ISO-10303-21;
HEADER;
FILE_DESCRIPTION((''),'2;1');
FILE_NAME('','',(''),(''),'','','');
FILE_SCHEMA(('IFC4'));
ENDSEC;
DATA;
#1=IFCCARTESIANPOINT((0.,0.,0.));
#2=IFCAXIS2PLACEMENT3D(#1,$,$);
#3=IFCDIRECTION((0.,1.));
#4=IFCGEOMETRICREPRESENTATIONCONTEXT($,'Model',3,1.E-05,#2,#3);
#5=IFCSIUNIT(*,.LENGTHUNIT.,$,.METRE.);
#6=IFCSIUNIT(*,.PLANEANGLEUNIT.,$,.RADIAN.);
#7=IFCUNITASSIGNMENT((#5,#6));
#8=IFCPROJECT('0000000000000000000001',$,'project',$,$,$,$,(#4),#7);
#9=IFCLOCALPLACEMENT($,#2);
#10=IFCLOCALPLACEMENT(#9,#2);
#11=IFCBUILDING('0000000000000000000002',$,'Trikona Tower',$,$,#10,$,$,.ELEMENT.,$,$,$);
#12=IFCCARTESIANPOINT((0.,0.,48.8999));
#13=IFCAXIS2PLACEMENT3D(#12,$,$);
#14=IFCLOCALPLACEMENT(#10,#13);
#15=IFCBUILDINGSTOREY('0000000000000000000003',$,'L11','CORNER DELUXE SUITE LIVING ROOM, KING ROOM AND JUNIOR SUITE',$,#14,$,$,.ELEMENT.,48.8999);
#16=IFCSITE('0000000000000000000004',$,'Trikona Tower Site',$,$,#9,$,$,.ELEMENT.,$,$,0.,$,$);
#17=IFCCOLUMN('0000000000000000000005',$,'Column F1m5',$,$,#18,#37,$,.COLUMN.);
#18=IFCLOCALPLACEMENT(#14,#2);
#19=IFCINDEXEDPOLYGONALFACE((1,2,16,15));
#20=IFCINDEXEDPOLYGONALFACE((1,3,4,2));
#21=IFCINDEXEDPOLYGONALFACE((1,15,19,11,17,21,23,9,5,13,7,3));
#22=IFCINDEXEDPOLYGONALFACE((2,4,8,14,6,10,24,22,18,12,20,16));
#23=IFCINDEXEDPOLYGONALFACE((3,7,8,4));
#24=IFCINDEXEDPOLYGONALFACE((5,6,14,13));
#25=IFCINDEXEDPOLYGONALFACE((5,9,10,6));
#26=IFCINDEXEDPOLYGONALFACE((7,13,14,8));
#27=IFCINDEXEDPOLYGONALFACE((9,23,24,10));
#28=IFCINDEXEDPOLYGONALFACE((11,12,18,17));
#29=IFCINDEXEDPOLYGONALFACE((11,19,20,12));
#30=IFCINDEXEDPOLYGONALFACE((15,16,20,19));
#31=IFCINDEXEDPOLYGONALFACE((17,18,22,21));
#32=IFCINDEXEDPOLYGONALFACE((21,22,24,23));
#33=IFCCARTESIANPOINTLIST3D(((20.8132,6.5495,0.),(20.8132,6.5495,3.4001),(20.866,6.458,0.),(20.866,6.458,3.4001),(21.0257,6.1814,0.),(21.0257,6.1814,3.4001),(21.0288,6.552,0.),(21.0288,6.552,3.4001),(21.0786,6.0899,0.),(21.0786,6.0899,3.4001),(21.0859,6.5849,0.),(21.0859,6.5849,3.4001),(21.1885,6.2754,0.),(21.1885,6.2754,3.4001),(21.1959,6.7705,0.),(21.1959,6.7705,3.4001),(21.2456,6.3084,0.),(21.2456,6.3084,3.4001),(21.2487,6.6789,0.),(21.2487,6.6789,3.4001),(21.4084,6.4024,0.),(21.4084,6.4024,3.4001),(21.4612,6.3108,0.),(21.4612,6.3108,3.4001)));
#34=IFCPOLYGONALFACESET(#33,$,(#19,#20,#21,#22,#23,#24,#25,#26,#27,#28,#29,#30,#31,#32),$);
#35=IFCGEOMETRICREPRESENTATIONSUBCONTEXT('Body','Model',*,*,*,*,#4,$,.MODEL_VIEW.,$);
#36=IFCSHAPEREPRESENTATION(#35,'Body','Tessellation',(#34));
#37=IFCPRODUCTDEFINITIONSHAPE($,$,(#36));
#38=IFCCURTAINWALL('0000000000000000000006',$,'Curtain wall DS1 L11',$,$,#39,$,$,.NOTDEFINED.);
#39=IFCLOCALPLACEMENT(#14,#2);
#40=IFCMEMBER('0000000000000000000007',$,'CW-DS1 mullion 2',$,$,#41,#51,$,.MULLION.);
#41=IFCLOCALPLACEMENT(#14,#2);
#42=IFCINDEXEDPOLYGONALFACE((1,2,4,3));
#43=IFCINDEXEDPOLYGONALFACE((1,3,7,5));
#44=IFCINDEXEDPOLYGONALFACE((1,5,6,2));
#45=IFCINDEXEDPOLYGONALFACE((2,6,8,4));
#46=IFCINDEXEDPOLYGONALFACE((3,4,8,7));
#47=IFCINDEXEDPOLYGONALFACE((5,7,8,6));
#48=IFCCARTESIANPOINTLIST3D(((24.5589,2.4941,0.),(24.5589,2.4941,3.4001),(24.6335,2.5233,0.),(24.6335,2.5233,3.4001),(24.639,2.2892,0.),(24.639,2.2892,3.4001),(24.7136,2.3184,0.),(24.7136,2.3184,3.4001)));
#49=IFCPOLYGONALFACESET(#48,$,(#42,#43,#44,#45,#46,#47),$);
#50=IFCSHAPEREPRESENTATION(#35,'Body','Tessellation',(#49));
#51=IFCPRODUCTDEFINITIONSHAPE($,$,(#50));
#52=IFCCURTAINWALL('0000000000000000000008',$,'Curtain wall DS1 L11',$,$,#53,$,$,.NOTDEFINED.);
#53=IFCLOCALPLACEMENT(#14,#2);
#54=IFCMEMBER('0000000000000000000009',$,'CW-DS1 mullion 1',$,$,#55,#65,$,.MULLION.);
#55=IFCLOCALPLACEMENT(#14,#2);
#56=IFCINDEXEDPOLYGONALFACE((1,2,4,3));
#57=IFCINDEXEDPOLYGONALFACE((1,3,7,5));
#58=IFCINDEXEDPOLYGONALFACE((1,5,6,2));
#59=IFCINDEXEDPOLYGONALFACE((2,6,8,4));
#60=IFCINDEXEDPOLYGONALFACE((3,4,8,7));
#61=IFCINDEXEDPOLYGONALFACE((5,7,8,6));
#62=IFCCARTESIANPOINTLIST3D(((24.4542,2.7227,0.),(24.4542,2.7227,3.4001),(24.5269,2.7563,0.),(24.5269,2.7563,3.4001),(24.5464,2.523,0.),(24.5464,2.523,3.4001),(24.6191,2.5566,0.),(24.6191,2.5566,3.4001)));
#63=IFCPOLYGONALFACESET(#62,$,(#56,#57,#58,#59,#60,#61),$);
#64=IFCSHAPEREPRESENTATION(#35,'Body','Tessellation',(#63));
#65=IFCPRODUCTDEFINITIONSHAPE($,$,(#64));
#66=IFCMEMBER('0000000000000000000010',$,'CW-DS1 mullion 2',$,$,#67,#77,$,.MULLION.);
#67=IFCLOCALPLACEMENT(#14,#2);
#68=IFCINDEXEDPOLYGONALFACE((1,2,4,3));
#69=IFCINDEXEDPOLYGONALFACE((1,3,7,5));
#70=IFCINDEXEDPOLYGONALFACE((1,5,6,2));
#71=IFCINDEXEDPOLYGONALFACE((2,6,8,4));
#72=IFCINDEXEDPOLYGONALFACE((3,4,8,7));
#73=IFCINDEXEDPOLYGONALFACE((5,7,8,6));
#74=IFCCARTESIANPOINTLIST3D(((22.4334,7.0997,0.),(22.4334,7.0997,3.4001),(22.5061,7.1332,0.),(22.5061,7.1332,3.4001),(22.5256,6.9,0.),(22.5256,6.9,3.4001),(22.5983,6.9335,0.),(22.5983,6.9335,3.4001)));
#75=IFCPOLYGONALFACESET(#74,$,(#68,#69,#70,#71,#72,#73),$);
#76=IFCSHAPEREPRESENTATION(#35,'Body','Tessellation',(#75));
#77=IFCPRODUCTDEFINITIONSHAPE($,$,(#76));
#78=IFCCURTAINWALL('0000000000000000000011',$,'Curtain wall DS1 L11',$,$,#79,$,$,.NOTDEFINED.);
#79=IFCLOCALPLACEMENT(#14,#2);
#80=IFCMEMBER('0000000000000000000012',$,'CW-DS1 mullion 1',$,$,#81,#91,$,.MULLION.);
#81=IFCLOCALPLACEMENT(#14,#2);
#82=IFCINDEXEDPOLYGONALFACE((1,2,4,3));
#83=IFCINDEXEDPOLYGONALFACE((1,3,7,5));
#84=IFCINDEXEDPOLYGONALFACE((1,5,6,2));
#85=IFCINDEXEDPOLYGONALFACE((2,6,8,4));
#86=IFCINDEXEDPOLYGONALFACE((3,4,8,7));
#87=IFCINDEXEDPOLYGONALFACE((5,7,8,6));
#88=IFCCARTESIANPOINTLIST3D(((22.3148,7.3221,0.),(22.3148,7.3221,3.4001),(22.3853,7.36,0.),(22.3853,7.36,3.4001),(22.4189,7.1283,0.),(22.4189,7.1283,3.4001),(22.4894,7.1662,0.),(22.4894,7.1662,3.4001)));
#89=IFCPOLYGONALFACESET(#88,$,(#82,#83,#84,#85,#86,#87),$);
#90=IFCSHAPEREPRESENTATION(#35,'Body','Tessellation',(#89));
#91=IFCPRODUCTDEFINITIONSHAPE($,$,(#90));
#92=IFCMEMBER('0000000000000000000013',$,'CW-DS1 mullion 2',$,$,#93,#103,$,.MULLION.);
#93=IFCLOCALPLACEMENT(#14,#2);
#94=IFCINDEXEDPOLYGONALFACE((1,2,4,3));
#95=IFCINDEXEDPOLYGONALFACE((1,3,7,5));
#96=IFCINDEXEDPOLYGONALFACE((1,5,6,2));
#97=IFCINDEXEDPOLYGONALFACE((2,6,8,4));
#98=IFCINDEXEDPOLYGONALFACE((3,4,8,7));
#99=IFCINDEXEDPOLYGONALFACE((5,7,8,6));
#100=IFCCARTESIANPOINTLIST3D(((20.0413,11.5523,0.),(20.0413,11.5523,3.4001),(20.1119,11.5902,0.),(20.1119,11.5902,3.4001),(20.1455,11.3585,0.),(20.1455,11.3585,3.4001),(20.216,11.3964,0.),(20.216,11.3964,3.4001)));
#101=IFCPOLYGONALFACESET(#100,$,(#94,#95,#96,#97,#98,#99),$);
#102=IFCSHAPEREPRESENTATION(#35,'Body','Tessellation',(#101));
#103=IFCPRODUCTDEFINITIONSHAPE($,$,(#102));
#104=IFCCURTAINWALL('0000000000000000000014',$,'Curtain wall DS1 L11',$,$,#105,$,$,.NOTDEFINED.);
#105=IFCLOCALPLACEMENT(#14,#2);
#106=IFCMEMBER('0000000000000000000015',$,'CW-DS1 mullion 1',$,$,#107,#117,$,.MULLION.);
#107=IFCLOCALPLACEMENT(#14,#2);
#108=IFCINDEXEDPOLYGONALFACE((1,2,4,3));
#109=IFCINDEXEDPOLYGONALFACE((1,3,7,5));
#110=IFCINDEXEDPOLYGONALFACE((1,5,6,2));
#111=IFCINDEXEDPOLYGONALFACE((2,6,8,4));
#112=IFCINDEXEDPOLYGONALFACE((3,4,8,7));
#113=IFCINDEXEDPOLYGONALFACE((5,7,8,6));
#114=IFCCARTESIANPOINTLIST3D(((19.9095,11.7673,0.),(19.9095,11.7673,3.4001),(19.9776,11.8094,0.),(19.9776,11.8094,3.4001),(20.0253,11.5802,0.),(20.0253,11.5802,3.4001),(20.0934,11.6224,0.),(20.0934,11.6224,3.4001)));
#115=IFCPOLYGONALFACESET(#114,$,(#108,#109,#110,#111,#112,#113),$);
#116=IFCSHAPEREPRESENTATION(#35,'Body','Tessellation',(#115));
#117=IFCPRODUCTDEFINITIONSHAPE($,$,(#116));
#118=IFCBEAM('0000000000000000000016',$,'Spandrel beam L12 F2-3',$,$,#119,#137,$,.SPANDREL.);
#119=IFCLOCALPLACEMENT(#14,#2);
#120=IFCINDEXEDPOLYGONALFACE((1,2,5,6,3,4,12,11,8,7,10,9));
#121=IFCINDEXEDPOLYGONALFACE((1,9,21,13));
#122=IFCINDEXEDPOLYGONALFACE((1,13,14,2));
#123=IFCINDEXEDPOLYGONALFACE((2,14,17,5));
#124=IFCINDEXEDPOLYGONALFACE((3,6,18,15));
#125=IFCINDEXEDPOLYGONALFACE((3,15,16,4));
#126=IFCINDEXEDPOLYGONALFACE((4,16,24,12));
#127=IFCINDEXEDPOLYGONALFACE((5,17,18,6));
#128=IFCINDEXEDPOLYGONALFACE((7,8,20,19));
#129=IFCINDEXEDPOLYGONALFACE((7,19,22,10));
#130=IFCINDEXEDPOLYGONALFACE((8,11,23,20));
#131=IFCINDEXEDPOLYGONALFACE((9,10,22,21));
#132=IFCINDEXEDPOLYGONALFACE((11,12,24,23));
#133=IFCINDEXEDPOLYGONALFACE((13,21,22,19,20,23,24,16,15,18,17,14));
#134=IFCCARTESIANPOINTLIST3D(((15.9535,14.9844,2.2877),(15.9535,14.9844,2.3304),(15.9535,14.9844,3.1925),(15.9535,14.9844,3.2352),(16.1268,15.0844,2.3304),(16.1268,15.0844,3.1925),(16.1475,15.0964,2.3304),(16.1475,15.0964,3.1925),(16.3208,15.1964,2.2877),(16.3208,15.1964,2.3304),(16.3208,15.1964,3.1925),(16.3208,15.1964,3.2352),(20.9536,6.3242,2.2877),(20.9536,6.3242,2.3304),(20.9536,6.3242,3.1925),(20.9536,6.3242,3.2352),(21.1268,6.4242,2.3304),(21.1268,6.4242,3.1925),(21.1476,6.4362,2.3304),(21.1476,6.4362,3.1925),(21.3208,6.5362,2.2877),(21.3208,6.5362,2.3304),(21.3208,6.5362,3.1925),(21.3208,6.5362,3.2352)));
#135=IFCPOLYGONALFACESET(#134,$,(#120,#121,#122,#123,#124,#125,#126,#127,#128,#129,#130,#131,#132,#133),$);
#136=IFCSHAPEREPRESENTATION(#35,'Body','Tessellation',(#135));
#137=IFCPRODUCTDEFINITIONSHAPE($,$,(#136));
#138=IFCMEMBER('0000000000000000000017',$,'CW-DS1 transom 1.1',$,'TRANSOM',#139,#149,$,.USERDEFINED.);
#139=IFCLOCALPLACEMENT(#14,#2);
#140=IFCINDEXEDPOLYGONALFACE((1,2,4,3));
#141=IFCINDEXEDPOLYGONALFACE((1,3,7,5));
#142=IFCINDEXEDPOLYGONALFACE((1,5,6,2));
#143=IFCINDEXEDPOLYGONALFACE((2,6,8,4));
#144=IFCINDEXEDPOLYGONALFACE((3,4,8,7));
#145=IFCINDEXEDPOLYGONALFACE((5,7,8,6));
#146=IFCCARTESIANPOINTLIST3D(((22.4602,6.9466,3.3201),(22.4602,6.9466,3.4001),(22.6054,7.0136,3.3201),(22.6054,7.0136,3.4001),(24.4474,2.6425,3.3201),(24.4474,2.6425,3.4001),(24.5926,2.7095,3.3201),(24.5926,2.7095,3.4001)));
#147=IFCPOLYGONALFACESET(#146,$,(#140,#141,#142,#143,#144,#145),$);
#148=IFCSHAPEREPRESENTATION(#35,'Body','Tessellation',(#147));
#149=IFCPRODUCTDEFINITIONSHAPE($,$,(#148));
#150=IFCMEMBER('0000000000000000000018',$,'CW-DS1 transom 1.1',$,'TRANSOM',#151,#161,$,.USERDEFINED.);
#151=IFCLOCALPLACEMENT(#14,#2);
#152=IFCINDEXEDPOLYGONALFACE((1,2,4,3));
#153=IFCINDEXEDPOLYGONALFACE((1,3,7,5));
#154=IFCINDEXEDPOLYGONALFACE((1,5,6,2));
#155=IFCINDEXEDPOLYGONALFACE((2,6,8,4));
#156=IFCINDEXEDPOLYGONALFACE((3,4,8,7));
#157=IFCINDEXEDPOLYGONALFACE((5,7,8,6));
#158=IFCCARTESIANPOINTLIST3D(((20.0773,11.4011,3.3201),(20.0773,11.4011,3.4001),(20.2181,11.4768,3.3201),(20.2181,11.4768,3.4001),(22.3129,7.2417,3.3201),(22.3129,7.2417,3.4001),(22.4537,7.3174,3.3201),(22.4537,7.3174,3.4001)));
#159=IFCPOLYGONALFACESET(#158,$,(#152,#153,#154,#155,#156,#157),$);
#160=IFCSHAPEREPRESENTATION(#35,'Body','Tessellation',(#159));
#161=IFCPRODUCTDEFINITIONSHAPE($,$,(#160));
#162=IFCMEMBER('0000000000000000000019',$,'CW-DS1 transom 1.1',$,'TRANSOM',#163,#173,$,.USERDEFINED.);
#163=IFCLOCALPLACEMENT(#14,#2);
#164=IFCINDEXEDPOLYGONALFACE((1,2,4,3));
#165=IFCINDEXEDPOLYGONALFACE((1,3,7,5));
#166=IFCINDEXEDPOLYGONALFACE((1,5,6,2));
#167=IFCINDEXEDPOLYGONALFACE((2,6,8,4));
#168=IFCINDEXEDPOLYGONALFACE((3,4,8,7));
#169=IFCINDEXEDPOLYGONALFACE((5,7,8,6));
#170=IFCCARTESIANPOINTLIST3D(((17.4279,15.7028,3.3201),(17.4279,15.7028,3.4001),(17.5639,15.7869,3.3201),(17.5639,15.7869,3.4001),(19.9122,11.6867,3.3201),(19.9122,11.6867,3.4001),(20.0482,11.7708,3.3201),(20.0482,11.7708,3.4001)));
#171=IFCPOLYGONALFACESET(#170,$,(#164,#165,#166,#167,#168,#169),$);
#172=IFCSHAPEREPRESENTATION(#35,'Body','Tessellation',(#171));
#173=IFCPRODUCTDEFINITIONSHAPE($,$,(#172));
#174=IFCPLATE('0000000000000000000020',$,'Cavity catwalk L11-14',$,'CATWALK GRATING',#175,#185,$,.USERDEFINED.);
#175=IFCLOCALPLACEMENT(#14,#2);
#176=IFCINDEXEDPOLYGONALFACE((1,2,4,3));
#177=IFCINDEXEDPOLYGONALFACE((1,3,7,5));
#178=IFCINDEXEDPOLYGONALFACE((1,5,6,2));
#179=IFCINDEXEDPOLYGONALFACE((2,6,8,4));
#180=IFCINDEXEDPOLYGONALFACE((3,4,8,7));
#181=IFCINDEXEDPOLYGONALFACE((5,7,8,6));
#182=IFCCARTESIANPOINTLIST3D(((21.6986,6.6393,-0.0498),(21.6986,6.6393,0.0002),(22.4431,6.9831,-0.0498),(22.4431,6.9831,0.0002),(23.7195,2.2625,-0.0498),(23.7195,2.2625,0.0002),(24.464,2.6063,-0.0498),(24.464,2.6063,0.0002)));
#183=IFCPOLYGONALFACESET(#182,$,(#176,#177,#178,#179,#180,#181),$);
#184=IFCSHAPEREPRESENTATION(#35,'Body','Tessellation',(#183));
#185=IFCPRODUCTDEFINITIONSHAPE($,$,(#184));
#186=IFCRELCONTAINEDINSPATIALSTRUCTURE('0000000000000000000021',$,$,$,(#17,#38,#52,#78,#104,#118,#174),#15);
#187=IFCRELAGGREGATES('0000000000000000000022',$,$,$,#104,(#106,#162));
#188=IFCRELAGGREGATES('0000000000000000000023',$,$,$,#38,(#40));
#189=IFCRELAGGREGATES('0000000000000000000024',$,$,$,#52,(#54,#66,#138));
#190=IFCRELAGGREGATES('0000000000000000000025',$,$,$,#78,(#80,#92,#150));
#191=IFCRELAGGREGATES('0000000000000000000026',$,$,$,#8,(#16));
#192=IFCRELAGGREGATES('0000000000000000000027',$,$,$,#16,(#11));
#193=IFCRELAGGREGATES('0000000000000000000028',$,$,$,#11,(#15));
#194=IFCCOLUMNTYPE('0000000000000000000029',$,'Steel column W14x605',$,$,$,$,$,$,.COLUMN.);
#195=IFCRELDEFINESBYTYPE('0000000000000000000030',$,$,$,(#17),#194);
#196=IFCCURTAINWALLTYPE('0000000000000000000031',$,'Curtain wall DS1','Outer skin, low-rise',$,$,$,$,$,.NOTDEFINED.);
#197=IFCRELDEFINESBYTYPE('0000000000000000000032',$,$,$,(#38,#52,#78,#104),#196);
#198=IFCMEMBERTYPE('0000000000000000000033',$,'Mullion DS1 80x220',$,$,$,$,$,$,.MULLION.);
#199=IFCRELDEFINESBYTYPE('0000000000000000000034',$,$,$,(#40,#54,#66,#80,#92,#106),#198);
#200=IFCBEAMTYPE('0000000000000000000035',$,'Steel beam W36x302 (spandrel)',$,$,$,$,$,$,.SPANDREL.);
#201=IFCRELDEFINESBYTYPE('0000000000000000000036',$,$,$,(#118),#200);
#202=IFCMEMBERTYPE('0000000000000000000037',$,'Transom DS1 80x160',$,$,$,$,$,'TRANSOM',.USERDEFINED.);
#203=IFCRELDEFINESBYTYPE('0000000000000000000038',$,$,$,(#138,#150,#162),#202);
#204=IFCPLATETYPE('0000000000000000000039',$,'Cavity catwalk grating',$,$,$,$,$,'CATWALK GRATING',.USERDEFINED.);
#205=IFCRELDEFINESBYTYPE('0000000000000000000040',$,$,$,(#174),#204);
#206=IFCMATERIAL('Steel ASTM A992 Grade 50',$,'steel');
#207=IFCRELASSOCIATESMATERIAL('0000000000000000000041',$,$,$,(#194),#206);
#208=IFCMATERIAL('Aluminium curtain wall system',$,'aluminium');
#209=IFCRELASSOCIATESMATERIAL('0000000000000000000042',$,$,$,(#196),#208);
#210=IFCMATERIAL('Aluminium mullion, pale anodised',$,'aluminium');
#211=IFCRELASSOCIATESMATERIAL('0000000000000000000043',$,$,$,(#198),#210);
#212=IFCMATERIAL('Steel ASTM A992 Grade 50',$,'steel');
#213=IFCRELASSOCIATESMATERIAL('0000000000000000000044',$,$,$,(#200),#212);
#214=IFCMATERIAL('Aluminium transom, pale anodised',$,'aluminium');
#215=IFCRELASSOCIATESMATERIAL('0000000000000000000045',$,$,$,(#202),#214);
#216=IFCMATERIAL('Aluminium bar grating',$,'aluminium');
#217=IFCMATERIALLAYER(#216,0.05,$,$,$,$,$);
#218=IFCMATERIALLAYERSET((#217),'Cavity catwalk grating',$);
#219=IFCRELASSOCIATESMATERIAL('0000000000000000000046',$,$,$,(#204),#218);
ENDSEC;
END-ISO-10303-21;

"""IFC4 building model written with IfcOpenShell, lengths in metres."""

from ifc_helpers import new_model, si_unit, direction, frame, origin, origin_2d, place, context, subcontext, project, spatial, rectangle, i_section, extrude, material, layer, layer_set, material_profile, profile_set, type_object, element, aggregate, save


model = new_model("IFC4")

# Units and contexts
model_context = context("Model", 3, precision=1e-05, world=origin(), true_north=direction((0.0, 1.0)))
body_context = subcontext(model_context, "Body", "Model", "MODEL_VIEW")
ifc_project = project(units=[si_unit("LENGTHUNIT", "METRE"), si_unit("PLANEANGLEUNIT", "RADIAN")], contexts=[model_context])

# Site, building, storey
site_placement = place(None, origin())
site = spatial("IfcSite", under=ifc_project, at=site_placement, Name="Trikona Tower Site", CompositionType="ELEMENT", RefElevation=0.0)
building_placement = place(site_placement, origin())
building = spatial("IfcBuilding", under=site, at=building_placement, Name="Trikona Tower", CompositionType="ELEMENT")
storey_placement = place(building_placement, frame((0.0, 0.0, 48.8999)))
storey = spatial("IfcBuildingStorey", under=building, at=storey_placement, Name="L11", Description="CORNER DELUXE SUITE LIVING ROOM, KING ROOM AND JUNIOR SUITE", CompositionType="ELEMENT", Elevation=48.8999)

# Column
ifc_material_1 = material(Name="Steel ASTM A992 Grade 50", Category="steel")
ifc_material_profile_1 = material_profile(ifc_material_1, i_section(OverallWidth=0.4419, OverallDepth=0.5308, WebThickness=0.0659, FlangeThickness=0.1057, at=origin_2d()), Name="W14X605")
ifc_profile_set_1 = profile_set([ifc_material_profile_1], Name="Steel ASTM A992 Grade 50")
column_type = type_object("IfcColumnType", Name="Steel column W14x605", PredefinedType="COLUMN", material=ifc_profile_set_1)
column_placement = place(storey_placement, frame((21.1372, 6.4302, 0.0), z_axis=(0.0, 0.0, 1.0), x_axis=(0.866025, 0.5, 0.0)))
element("IfcColumn", 1, at=column_placement, inside=storey, type_object=column_type, Name="Column F1m5", PredefinedType="COLUMN", context=body_context, shape_type="SweptSolid", body=[
    extrude(i_section(OverallWidth=0.4419, OverallDepth=0.5308, WebThickness=0.0659, FlangeThickness=0.1057, at=origin_2d()), origin(), (0.0, 0.0, 1.0), 3.4001),
])

# Curtain wall, member
ifc_material_2 = material(Name="Aluminium curtain wall system", Category="aluminium")
curtain_wall_type = type_object("IfcCurtainWallType", Name="Curtain wall DS1", Description="Outer skin, low-rise", PredefinedType="NOTDEFINED", material=ifc_material_2)
curtain_wall_1_placement = place(storey_placement, origin())
curtain_wall_1 = element("IfcCurtainWall", 2, at=curtain_wall_1_placement, inside=storey, type_object=curtain_wall_type, Name="Curtain wall DS1 L11", PredefinedType="NOTDEFINED")
ifc_material_3 = material(Name="Aluminium mullion, pale anodised", Category="aluminium")
ifc_material_profile_2 = material_profile(ifc_material_3, rectangle(XDim=0.0801, YDim=0.22, at=origin_2d()), Name="MUL-DS1")
ifc_profile_set_2 = profile_set([ifc_material_profile_2], Name="Aluminium mullion, pale anodised")
member_type_1 = type_object("IfcMemberType", Name="Mullion DS1 80x220", PredefinedType="MULLION", material=ifc_profile_set_2)
member_1_placement = place(storey_placement, frame((24.6362, 2.4062, 0.0), z_axis=(0.0, 0.0, 1.0), x_axis=(-0.931396, -0.364008, 0.0)))
member_1 = element("IfcMember", 3, at=member_1_placement, type_object=member_type_1, Name="CW-DS1 mullion 2", PredefinedType="MULLION", context=body_context, shape_type="SweptSolid", body=[
    extrude(rectangle(XDim=0.0801, YDim=0.22, at=origin_2d()), origin(), (0.0, 0.0, 1.0), 3.4001),
])

# Curtain walls, members
curtain_wall_2_placement = place(storey_placement, origin())
curtain_wall_2 = element("IfcCurtainWall", 4, at=curtain_wall_2_placement, inside=storey, type_object=curtain_wall_type, Name="Curtain wall DS1 L11", PredefinedType="NOTDEFINED")
member_2_placement = place(storey_placement, frame((24.5366, 2.6396, 0.0), z_axis=(0.0, 0.0, 1.0), x_axis=(-0.907898, -0.41919, 0.0)))
member_2 = element("IfcMember", 5, at=member_2_placement, type_object=member_type_1, Name="CW-DS1 mullion 1", PredefinedType="MULLION", context=body_context, shape_type="SweptSolid", body=[
    extrude(rectangle(XDim=0.0801, YDim=0.22, at=origin_2d()), origin(), (0.0, 0.0, 1.0), 3.4001),
])
member_3_placement = place(storey_placement, frame((22.5159, 7.0166, 0.0), z_axis=(0.0, 0.0, 1.0), x_axis=(-0.907898, -0.41919, 0.0)))
member_3 = element("IfcMember", 6, at=member_3_placement, type_object=member_type_1, Name="CW-DS1 mullion 2", PredefinedType="MULLION", context=body_context, shape_type="SweptSolid", body=[
    extrude(rectangle(XDim=0.0801, YDim=0.22, at=origin_2d()), origin(), (0.0, 0.0, 1.0), 3.4001),
])
curtain_wall_3_placement = place(storey_placement, origin())
curtain_wall_3 = element("IfcCurtainWall", 7, at=curtain_wall_3_placement, inside=storey, type_object=curtain_wall_type, Name="Curtain wall DS1 L11", PredefinedType="NOTDEFINED")
member_4_placement = place(storey_placement, frame((22.4021, 7.2441, 0.0), z_axis=(0.0, 0.0, 1.0), x_axis=(-0.880843, -0.473408, 0.0)))
member_4 = element("IfcMember", 8, at=member_4_placement, type_object=member_type_1, Name="CW-DS1 mullion 1", PredefinedType="MULLION", context=body_context, shape_type="SweptSolid", body=[
    extrude(rectangle(XDim=0.0801, YDim=0.22, at=origin_2d()), origin(), (0.0, 0.0, 1.0), 3.4001),
])
member_5_placement = place(storey_placement, frame((20.1287, 11.4744, 0.0), z_axis=(0.0, 0.0, 1.0), x_axis=(-0.880843, -0.473408, 0.0)))
member_5 = element("IfcMember", 9, at=member_5_placement, type_object=member_type_1, Name="CW-DS1 mullion 2", PredefinedType="MULLION", context=body_context, shape_type="SweptSolid", body=[
    extrude(rectangle(XDim=0.0801, YDim=0.22, at=origin_2d()), origin(), (0.0, 0.0, 1.0), 3.4001),
])

# Curtain wall, member
curtain_wall_4_placement = place(storey_placement, origin())
curtain_wall_4 = element("IfcCurtainWall", 10, at=curtain_wall_4_placement, inside=storey, type_object=curtain_wall_type, Name="Curtain wall DS1 L11", PredefinedType="NOTDEFINED")
member_6_placement = place(storey_placement, frame((20.0015, 11.6948, 0.0), z_axis=(0.0, 0.0, 1.0), x_axis=(-0.85041, -0.52612, 0.0)))
member_6 = element("IfcMember", 11, at=member_6_placement, type_object=member_type_1, Name="CW-DS1 mullion 1", PredefinedType="MULLION", context=body_context, shape_type="SweptSolid", body=[
    extrude(rectangle(XDim=0.0801, YDim=0.22, at=origin_2d()), origin(), (0.0, 0.0, 1.0), 3.4001),
])

# Beam
ifc_material_4 = material(Name="Steel ASTM A992 Grade 50", Category="steel")
ifc_material_profile_3 = material_profile(ifc_material_4, i_section(OverallWidth=0.4241, OverallDepth=0.9475, WebThickness=0.0239, FlangeThickness=0.0427, at=origin_2d()), Name="W36X302")
ifc_profile_set_3 = profile_set([ifc_material_profile_3], Name="Steel ASTM A992 Grade 50")
beam_type = type_object("IfcBeamType", Name="Steel beam W36x302 (spandrel)", PredefinedType="SPANDREL", material=ifc_profile_set_3)
beam_placement = place(storey_placement, frame((21.1372, 6.4302, 2.7615), z_axis=(-0.500004, 0.866023, 0.0), x_axis=(-0.866023, -0.500004, 0.0)))
element("IfcBeam", 12, at=beam_placement, inside=storey, type_object=beam_type, Name="Spandrel beam L12 F2-3", PredefinedType="SPANDREL", context=body_context, shape_type="SweptSolid", body=[
    extrude(i_section(OverallWidth=0.4241, OverallDepth=0.9475, WebThickness=0.0239, FlangeThickness=0.0427, at=origin_2d()), origin(), (0.0, 0.0, 1.0), 10.0),
])

# Members
ifc_material_5 = material(Name="Aluminium transom, pale anodised", Category="aluminium")
ifc_material_profile_4 = material_profile(ifc_material_5, rectangle(XDim=0.1599, YDim=0.0801, at=origin_2d()), Name="TRN-DS1")
ifc_profile_set_4 = profile_set([ifc_material_profile_4], Name="Aluminium transom, pale anodised")
member_type_2 = type_object("IfcMemberType", Name="Transom DS1 80x160", ElementType="TRANSOM", PredefinedType="USERDEFINED", material=ifc_profile_set_4)
member_7_placement = place(storey_placement, frame((24.52, 2.676, 3.3601), z_axis=(-0.419189, 0.907899, 0.0), x_axis=(-0.907899, -0.419189, 0.0)))
member_7 = element("IfcMember", 13, at=member_7_placement, type_object=member_type_2, Name="CW-DS1 transom 1.1", ObjectType="TRANSOM", PredefinedType="USERDEFINED", context=body_context, shape_type="SweptSolid", body=[
    extrude(rectangle(XDim=0.1599, YDim=0.0801, at=origin_2d()), origin(), (0.0, 0.0, 1.0), 4.7407),
])
member_8_placement = place(storey_placement, frame((22.3833, 7.2795, 3.3601), z_axis=(-0.473428, 0.880833, 0.0), x_axis=(-0.880833, -0.473428, 0.0)))
member_8 = element("IfcMember", 14, at=member_8_placement, type_object=member_type_2, Name="CW-DS1 transom 1.1", ObjectType="TRANSOM", PredefinedType="USERDEFINED", context=body_context, shape_type="SweptSolid", body=[
    extrude(rectangle(XDim=0.1599, YDim=0.0801, at=origin_2d()), origin(), (0.0, 0.0, 1.0), 4.7222),
])
member_9_placement = place(storey_placement, frame((19.9802, 11.7288, 3.3601), z_axis=(-0.526081, 0.850435, 0.0), x_axis=(-0.850435, -0.526081, 0.0)))
member_9 = element("IfcMember", 15, at=member_9_placement, type_object=member_type_2, Name="CW-DS1 transom 1.1", ObjectType="TRANSOM", PredefinedType="USERDEFINED", context=body_context, shape_type="SweptSolid", body=[
    extrude(rectangle(XDim=0.1599, YDim=0.0801, at=origin_2d()), origin(), (0.0, 0.0, 1.0), 4.7224),
])
aggregate(curtain_wall_4, [member_6, member_9])

# Plate
ifc_material_6 = material(Name="Aluminium bar grating", Category="aluminium")
ifc_layer_1 = layer(ifc_material_6, 0.05)
ifc_layer_set_1 = layer_set([ifc_layer_1], Name="Cavity catwalk grating")
plate_type_1 = type_object("IfcPlateType", Name="Cavity catwalk grating", ElementType="CATWALK GRATING", PredefinedType="USERDEFINED", material=ifc_layer_set_1)
plate_1_placement = place(storey_placement, frame((23.0813, 4.6228, -0.0498), z_axis=(0.0, 0.0, 1.0), x_axis=(-0.419194, 0.907897, 0.0)))
element("IfcPlate", 16, at=plate_1_placement, inside=storey, type_object=plate_type_1, Name="Cavity catwalk L11-14", ObjectType="CATWALK GRATING", PredefinedType="USERDEFINED", context=body_context, shape_type="SweptSolid", body=[
    extrude(rectangle(XDim=4.8208, YDim=0.8201, at=origin_2d()), origin(), (0.0, 0.0, 1.0), 0.05),
])

aggregate(curtain_wall_1, [member_1])
aggregate(curtain_wall_2, [member_2, member_3, member_7])
aggregate(curtain_wall_3, [member_4, member_5, member_8])

save(model, "model.ifc")
